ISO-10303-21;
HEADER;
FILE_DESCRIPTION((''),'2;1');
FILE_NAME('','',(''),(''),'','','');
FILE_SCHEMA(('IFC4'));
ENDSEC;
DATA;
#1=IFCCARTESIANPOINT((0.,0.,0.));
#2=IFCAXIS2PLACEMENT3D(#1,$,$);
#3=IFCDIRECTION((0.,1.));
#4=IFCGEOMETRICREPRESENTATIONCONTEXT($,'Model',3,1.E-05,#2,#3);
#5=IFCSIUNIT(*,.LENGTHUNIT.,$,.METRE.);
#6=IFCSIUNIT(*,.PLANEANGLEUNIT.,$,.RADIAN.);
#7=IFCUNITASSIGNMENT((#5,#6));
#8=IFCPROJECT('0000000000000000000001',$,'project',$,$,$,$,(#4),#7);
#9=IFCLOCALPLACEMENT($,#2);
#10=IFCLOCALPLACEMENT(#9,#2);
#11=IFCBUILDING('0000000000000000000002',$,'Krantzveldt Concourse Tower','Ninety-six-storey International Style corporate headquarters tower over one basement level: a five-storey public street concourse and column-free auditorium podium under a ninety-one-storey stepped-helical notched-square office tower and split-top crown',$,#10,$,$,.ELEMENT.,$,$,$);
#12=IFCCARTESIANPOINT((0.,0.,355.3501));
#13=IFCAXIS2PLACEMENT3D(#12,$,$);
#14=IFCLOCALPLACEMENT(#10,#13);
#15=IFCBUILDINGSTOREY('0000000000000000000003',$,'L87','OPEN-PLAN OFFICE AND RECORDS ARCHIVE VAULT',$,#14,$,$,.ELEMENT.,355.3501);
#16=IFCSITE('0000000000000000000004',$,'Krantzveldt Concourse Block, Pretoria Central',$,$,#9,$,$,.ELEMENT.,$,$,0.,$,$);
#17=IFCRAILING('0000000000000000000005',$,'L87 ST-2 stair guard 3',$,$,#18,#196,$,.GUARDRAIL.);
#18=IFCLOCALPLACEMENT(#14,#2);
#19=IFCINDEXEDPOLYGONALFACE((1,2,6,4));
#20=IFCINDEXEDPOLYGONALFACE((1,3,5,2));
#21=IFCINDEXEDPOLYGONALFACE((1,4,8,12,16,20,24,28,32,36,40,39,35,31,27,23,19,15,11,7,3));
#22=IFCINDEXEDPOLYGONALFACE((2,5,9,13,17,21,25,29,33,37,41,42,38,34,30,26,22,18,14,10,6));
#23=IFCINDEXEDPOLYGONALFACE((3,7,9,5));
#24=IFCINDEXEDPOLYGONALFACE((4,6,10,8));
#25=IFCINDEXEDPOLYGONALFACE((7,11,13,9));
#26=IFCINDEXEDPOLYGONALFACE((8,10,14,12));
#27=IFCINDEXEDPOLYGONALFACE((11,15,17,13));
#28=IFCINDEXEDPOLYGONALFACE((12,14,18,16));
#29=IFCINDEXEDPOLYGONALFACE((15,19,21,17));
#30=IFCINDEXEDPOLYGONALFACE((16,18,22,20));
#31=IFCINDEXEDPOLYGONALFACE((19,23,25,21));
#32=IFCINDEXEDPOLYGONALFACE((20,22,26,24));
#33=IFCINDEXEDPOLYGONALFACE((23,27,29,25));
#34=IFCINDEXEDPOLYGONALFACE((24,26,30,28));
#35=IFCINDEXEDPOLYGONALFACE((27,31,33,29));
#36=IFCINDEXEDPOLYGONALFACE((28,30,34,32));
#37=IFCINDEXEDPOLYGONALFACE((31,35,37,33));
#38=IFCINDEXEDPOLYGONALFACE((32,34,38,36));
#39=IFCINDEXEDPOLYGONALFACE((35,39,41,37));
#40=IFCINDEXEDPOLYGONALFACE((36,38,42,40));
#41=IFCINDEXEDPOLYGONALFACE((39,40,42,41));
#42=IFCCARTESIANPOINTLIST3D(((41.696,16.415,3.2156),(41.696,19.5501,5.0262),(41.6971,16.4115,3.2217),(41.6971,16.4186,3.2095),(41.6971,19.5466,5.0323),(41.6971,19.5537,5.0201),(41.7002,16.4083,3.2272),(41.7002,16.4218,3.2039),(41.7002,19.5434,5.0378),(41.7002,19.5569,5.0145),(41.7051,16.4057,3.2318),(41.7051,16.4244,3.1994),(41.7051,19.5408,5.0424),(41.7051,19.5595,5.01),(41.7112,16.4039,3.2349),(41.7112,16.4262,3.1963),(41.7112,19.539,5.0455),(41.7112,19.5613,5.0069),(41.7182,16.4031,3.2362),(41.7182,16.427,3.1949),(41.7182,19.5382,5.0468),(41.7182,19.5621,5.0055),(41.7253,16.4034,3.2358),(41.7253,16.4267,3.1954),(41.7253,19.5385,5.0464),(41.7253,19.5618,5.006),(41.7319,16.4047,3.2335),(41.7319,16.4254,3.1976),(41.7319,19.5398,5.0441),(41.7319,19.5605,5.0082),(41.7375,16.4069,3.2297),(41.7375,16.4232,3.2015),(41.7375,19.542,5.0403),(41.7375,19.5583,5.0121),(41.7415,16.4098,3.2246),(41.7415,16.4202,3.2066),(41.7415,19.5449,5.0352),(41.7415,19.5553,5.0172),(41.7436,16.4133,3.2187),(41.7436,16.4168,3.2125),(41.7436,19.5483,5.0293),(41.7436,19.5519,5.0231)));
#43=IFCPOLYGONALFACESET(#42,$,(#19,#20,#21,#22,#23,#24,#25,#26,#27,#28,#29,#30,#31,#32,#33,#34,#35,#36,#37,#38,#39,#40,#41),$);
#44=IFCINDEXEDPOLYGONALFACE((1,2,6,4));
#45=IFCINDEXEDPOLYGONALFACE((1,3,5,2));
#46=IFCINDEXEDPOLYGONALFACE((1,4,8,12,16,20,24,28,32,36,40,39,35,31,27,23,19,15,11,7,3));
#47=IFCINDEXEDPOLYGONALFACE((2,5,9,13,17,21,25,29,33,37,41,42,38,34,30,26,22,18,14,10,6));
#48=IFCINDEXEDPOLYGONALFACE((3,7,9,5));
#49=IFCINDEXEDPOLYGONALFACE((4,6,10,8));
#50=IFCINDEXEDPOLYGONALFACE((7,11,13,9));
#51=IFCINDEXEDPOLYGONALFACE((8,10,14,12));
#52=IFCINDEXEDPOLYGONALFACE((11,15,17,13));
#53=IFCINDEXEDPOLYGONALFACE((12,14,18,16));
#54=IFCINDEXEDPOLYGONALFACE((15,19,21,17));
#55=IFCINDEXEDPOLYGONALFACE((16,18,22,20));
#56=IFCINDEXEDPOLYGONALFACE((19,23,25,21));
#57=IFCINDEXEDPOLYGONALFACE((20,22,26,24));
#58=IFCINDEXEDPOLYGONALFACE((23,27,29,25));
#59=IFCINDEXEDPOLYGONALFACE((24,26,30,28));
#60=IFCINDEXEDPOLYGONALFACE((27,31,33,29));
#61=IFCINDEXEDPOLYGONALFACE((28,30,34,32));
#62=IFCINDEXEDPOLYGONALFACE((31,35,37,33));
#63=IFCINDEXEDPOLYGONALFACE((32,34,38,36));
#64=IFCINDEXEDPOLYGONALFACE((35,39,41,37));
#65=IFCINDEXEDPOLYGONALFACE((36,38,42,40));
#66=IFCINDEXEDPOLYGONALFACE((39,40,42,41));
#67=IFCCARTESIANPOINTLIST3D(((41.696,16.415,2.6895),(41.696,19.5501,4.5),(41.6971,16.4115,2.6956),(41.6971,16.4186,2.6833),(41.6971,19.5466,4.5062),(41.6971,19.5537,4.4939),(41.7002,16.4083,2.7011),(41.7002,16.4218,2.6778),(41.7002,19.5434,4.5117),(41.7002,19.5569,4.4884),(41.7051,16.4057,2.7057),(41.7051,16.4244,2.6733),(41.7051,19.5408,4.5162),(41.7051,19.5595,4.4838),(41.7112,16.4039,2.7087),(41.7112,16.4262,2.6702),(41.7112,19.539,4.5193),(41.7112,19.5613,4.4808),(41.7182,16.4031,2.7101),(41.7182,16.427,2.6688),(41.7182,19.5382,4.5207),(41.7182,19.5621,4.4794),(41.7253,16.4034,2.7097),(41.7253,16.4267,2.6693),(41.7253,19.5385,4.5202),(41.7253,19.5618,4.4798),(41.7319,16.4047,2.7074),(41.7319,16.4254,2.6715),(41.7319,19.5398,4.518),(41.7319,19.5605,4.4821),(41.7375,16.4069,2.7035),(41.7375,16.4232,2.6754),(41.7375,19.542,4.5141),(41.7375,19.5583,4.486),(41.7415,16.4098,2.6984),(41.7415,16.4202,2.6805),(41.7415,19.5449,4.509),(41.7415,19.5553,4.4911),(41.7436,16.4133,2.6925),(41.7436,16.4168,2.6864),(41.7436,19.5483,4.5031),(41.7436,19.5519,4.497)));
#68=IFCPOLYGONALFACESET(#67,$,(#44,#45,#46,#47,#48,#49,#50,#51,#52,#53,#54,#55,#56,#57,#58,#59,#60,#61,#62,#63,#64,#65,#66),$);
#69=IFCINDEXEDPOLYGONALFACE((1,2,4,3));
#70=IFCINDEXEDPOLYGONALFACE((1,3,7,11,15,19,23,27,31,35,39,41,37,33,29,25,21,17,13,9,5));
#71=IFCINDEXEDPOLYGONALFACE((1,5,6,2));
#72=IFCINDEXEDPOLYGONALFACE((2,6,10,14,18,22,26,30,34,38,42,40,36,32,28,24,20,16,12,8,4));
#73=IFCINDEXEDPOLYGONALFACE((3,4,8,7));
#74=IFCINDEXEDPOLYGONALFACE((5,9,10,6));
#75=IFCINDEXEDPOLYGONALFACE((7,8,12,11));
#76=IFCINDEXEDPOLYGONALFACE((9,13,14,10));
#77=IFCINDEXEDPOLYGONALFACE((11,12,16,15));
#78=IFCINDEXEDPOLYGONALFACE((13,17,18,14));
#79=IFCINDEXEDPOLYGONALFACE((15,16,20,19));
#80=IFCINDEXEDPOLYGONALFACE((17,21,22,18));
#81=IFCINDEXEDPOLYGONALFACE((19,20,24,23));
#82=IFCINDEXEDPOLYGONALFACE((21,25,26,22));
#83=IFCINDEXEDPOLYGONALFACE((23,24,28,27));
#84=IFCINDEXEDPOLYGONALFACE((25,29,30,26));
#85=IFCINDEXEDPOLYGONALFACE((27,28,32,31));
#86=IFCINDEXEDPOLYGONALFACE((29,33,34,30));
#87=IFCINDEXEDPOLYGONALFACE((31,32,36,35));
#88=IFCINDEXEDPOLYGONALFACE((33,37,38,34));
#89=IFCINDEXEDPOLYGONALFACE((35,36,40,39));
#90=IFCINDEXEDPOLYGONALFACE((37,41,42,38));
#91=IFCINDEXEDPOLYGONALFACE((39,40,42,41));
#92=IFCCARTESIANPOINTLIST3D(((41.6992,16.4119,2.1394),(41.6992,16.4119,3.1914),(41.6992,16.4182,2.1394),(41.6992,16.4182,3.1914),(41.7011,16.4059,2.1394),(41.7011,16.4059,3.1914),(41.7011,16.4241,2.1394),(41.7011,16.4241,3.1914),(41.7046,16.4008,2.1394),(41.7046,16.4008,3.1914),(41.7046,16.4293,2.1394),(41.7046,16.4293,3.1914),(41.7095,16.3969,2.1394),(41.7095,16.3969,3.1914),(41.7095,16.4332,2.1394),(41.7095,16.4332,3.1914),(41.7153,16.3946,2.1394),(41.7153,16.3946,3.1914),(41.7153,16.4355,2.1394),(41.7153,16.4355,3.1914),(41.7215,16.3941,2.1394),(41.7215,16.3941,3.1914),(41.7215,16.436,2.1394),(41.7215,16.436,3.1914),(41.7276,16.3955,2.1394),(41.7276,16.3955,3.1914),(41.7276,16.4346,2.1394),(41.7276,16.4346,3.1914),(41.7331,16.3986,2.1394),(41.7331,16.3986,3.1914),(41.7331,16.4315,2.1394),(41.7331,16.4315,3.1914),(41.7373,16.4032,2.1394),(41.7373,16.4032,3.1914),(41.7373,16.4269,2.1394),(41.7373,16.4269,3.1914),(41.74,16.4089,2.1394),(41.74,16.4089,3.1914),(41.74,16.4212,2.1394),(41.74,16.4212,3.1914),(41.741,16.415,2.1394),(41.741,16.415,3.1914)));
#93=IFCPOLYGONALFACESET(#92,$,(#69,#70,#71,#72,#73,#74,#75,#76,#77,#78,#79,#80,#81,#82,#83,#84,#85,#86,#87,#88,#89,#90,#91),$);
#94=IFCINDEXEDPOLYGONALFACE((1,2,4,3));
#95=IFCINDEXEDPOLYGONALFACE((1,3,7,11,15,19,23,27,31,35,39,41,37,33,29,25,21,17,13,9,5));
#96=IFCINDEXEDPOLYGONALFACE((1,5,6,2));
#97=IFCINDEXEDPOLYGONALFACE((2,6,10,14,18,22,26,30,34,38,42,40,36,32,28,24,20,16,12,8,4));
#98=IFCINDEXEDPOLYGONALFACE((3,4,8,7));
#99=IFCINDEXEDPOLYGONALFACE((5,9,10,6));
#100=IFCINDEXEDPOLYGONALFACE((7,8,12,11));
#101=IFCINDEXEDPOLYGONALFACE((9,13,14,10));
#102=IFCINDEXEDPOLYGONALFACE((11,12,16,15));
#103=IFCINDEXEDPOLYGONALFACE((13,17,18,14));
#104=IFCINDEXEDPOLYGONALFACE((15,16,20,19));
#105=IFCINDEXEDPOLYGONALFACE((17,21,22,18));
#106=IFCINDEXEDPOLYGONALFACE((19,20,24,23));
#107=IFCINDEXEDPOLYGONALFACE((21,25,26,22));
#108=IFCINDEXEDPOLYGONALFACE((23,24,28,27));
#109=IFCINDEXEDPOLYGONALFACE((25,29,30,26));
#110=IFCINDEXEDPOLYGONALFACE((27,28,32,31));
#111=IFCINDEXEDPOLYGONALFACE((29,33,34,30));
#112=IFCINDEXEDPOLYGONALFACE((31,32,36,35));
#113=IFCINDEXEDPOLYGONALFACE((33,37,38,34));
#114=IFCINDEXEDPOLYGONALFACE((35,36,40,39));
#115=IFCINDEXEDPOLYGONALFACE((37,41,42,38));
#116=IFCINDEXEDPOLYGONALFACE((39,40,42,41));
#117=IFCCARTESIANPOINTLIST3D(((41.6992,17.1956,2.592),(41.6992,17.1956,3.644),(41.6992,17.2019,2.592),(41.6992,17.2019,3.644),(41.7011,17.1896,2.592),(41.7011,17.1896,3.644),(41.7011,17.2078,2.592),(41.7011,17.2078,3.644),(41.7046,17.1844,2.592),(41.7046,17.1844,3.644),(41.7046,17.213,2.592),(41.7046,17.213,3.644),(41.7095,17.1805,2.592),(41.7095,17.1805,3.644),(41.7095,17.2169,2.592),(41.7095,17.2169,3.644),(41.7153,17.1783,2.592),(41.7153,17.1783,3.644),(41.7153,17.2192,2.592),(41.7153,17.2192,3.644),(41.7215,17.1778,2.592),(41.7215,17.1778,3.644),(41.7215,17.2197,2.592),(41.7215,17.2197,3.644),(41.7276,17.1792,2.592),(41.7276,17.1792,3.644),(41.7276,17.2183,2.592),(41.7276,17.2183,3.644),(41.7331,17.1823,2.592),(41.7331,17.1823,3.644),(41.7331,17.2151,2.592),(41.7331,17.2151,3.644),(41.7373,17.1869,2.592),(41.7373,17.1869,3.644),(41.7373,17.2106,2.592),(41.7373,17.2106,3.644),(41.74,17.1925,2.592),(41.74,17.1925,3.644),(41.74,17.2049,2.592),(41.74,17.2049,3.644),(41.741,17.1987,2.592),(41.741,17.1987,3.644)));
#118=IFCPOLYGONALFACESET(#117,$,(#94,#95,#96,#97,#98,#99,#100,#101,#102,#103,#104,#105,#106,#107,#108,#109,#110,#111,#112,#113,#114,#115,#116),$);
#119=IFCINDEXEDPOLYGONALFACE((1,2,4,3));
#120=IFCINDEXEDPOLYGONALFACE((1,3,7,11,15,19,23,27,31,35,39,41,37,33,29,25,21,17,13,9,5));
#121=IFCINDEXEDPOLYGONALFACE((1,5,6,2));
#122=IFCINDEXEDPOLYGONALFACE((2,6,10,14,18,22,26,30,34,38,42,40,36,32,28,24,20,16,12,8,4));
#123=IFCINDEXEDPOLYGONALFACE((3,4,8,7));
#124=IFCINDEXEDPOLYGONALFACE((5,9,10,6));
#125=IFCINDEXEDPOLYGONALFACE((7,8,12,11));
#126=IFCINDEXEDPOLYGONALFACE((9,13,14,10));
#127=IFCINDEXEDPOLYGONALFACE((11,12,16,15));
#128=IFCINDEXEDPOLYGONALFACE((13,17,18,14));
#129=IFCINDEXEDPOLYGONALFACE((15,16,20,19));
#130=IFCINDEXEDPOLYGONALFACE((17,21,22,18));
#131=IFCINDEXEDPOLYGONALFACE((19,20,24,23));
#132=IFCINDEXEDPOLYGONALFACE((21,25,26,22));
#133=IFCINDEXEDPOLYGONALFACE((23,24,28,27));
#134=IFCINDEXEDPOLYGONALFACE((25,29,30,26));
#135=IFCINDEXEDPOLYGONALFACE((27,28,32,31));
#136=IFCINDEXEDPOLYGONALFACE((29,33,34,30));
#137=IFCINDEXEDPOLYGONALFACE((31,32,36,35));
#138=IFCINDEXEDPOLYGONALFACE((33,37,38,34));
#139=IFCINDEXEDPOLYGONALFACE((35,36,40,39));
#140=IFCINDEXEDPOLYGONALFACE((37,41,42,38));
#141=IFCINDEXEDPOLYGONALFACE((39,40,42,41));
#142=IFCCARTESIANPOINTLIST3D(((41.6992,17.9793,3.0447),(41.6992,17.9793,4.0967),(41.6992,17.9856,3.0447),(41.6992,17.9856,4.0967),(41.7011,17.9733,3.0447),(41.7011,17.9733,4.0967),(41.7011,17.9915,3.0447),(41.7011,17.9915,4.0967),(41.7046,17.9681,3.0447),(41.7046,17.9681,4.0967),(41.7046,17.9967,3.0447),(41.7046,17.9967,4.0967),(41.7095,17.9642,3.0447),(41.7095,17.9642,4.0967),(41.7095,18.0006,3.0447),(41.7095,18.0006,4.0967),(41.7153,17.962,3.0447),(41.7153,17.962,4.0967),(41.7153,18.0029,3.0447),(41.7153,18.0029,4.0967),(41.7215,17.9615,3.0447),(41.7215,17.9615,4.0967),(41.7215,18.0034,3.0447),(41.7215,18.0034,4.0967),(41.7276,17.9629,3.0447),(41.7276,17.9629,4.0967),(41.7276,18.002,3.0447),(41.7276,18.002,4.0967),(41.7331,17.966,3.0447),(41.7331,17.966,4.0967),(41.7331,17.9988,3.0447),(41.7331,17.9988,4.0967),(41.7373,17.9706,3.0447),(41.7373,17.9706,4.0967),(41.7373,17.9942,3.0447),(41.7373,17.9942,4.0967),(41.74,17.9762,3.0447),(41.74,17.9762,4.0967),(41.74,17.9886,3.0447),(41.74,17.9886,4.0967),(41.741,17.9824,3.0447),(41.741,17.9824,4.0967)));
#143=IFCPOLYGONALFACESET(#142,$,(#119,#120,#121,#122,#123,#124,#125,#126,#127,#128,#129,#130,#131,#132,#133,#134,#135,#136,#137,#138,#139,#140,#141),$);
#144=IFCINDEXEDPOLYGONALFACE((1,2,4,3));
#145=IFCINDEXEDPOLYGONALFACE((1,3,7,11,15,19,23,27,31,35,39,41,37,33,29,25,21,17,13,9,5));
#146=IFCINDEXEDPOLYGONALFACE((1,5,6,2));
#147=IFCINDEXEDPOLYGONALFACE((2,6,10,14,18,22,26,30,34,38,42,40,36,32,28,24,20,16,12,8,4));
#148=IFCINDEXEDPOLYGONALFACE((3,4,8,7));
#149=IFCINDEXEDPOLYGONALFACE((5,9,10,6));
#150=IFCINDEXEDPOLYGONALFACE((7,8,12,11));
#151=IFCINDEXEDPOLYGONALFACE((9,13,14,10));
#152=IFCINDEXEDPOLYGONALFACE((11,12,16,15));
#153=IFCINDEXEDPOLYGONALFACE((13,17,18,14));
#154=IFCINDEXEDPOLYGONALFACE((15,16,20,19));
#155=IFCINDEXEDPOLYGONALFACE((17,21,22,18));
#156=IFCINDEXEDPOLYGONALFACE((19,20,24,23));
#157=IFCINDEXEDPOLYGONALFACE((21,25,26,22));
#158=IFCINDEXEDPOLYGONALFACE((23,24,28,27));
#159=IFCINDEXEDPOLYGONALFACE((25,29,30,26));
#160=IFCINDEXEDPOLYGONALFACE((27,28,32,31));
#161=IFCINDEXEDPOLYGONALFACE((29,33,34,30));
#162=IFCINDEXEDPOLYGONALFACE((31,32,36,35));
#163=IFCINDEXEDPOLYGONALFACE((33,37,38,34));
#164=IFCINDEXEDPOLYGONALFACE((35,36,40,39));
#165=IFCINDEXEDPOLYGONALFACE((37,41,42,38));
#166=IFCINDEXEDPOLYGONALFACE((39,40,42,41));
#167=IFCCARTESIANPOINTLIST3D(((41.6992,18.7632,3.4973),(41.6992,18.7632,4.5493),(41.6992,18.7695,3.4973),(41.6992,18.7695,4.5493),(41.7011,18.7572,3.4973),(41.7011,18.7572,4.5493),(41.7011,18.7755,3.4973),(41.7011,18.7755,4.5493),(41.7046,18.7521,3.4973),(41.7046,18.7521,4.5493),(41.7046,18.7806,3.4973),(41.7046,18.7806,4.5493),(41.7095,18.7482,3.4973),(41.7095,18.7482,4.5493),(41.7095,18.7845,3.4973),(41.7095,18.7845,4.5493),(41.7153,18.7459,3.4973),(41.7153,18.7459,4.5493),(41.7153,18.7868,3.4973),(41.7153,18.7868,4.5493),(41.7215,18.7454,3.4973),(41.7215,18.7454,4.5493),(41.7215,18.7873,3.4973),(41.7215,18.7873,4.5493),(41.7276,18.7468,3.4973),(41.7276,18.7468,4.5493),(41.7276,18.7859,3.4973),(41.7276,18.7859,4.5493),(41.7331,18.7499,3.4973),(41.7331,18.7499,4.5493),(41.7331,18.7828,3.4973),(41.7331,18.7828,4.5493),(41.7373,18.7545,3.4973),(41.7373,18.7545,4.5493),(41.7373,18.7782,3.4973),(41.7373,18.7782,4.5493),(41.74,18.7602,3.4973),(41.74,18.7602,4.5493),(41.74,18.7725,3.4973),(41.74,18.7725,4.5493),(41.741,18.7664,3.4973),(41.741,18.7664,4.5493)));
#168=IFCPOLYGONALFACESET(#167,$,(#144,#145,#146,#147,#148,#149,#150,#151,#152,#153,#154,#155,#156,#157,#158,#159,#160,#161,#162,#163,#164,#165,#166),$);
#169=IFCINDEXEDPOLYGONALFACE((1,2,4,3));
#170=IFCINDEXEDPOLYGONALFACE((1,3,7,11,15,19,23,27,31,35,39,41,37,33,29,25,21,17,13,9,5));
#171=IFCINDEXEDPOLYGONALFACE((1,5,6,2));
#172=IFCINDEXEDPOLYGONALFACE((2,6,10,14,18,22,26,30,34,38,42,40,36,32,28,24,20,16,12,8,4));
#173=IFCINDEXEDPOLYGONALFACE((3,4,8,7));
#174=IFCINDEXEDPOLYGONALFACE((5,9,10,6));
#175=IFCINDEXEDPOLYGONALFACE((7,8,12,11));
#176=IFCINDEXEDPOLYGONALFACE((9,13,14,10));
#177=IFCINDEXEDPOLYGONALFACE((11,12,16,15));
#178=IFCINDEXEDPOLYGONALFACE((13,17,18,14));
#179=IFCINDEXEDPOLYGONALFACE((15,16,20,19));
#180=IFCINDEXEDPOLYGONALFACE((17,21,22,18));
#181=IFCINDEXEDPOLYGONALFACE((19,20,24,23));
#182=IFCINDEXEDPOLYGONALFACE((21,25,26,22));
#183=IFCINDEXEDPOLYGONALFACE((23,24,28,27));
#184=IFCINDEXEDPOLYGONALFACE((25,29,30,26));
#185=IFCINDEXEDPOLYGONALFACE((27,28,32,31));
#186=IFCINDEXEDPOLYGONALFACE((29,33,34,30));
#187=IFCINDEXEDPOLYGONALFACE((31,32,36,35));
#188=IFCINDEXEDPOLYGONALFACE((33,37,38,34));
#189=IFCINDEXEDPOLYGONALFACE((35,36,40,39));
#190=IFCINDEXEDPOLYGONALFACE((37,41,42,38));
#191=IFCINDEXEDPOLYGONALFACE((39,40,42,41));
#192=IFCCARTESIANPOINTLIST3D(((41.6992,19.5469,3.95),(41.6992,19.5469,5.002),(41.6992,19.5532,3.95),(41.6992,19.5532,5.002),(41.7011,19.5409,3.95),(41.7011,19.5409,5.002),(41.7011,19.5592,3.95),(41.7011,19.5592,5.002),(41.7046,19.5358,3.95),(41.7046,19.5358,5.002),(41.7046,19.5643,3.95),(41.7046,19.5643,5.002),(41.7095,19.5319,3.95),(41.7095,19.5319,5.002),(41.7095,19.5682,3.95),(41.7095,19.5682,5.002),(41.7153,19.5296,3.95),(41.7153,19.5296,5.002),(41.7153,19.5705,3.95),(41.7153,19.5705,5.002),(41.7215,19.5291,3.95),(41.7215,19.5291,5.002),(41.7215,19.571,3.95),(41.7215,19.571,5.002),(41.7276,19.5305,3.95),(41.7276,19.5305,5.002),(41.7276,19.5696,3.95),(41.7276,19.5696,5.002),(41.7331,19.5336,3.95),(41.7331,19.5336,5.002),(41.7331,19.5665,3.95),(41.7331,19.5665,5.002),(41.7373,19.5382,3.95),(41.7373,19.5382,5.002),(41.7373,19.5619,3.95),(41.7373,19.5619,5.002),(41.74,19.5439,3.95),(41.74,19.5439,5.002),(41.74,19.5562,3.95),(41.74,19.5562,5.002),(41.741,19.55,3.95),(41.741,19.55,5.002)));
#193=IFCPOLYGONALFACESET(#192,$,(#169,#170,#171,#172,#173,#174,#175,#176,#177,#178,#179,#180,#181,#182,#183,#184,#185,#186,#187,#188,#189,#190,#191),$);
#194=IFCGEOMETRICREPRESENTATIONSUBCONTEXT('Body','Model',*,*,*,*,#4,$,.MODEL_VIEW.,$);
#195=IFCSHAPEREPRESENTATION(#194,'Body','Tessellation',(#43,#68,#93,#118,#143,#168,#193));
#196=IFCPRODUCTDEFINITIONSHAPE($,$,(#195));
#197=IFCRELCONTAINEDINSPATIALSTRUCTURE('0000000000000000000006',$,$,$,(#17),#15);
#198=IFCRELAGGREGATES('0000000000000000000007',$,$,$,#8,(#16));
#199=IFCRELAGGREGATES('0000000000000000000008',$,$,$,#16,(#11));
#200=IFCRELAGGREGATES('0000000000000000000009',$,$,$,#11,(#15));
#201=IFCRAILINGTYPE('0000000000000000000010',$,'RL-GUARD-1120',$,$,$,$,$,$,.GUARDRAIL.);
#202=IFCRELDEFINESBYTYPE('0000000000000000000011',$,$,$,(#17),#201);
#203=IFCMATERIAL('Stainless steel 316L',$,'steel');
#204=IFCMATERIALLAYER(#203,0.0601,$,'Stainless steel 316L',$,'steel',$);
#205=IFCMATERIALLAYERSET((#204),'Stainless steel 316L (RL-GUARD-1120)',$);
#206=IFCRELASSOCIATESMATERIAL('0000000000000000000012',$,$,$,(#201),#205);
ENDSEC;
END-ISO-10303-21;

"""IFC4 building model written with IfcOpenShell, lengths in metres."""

from ifc_helpers import new_model, si_unit, direction, frame, origin, origin_2d, place, context, subcontext, project, spatial, circle, extrude, material, layer, layer_set, type_object, element, save


model = new_model("IFC4")

# Units and contexts
model_context = context("Model", 3, precision=1e-05, world=origin(), true_north=direction((0.0, 1.0)))
body_context = subcontext(model_context, "Body", "Model", "MODEL_VIEW")
ifc_project = project(units=[si_unit("LENGTHUNIT", "METRE"), si_unit("PLANEANGLEUNIT", "RADIAN")], contexts=[model_context])

# Site, building, storey
site_placement = place(None, origin())
site = spatial("IfcSite", under=ifc_project, at=site_placement, Name="Krantzveldt Concourse Block, Pretoria Central", CompositionType="ELEMENT", RefElevation=0.0)
building_placement = place(site_placement, origin())
building = spatial("IfcBuilding", under=site, at=building_placement, Name="Krantzveldt Concourse Tower", Description="Ninety-six-storey International Style corporate headquarters tower over one basement level: a five-storey public street concourse and column-free auditorium podium under a ninety-one-storey stepped-helical notched-square office tower and split-top crown", CompositionType="ELEMENT")
storey_placement = place(building_placement, frame((0.0, 0.0, 355.3501)))
storey = spatial("IfcBuildingStorey", under=building, at=storey_placement, Name="L87", Description="OPEN-PLAN OFFICE AND RECORDS ARCHIVE VAULT", CompositionType="ELEMENT", Elevation=355.3501)

# Railing
ifc_material_1 = material(Name="Stainless steel 316L", Category="steel")
ifc_layer_1 = layer(ifc_material_1, 0.0601, Name="Stainless steel 316L", Category="steel")
ifc_layer_set_1 = layer_set([ifc_layer_1], Name="Stainless steel 316L (RL-GUARD-1120)")
railing_type_1 = type_object("IfcRailingType", Name="RL-GUARD-1120", PredefinedType="GUARDRAIL", material=ifc_layer_set_1)
railing_1_placement = place(storey_placement, frame((41.72, 16.415, 2.1394)))
element("IfcRailing", 1, at=railing_1_placement, inside=storey, type_object=railing_type_1, Name="L87 ST-2 stair guard 3", PredefinedType="GUARDRAIL", context=body_context, shape_type="SweptSolid", body=[
    extrude(circle(Radius=0.0239, at=origin_2d()), frame((0.0, 0.0, 1.0762), z_axis=(0.0, 0.86596, 0.500114), x_axis=(-1.0, 0.0, 0.0)), (0.0, 0.0, 1.0), 3.6204),
    extrude(circle(Radius=0.0239, at=origin_2d()), frame((0.0, 0.0, 0.55), z_axis=(0.0, 0.86596, 0.500114), x_axis=(-1.0, 0.0, 0.0)), (0.0, 0.0, 1.0), 3.6204),
    extrude(circle(Radius=0.021, at=origin_2d()), origin(), (0.0, 0.0, 1.0), 1.052),
    extrude(circle(Radius=0.021, at=origin_2d()), frame((0.0, 0.7837, 0.4526)), (0.0, 0.0, 1.0), 1.052),
    extrude(circle(Radius=0.021, at=origin_2d()), frame((0.0, 1.5674, 0.9053)), (0.0, 0.0, 1.0), 1.052),
    extrude(circle(Radius=0.021, at=origin_2d()), frame((0.0, 2.3513, 1.3579)), (0.0, 0.0, 1.0), 1.052),
    extrude(circle(Radius=0.021, at=origin_2d()), frame((0.0, 3.135, 1.8105)), (0.0, 0.0, 1.0), 1.052),
])

save(model, "model.ifc")
